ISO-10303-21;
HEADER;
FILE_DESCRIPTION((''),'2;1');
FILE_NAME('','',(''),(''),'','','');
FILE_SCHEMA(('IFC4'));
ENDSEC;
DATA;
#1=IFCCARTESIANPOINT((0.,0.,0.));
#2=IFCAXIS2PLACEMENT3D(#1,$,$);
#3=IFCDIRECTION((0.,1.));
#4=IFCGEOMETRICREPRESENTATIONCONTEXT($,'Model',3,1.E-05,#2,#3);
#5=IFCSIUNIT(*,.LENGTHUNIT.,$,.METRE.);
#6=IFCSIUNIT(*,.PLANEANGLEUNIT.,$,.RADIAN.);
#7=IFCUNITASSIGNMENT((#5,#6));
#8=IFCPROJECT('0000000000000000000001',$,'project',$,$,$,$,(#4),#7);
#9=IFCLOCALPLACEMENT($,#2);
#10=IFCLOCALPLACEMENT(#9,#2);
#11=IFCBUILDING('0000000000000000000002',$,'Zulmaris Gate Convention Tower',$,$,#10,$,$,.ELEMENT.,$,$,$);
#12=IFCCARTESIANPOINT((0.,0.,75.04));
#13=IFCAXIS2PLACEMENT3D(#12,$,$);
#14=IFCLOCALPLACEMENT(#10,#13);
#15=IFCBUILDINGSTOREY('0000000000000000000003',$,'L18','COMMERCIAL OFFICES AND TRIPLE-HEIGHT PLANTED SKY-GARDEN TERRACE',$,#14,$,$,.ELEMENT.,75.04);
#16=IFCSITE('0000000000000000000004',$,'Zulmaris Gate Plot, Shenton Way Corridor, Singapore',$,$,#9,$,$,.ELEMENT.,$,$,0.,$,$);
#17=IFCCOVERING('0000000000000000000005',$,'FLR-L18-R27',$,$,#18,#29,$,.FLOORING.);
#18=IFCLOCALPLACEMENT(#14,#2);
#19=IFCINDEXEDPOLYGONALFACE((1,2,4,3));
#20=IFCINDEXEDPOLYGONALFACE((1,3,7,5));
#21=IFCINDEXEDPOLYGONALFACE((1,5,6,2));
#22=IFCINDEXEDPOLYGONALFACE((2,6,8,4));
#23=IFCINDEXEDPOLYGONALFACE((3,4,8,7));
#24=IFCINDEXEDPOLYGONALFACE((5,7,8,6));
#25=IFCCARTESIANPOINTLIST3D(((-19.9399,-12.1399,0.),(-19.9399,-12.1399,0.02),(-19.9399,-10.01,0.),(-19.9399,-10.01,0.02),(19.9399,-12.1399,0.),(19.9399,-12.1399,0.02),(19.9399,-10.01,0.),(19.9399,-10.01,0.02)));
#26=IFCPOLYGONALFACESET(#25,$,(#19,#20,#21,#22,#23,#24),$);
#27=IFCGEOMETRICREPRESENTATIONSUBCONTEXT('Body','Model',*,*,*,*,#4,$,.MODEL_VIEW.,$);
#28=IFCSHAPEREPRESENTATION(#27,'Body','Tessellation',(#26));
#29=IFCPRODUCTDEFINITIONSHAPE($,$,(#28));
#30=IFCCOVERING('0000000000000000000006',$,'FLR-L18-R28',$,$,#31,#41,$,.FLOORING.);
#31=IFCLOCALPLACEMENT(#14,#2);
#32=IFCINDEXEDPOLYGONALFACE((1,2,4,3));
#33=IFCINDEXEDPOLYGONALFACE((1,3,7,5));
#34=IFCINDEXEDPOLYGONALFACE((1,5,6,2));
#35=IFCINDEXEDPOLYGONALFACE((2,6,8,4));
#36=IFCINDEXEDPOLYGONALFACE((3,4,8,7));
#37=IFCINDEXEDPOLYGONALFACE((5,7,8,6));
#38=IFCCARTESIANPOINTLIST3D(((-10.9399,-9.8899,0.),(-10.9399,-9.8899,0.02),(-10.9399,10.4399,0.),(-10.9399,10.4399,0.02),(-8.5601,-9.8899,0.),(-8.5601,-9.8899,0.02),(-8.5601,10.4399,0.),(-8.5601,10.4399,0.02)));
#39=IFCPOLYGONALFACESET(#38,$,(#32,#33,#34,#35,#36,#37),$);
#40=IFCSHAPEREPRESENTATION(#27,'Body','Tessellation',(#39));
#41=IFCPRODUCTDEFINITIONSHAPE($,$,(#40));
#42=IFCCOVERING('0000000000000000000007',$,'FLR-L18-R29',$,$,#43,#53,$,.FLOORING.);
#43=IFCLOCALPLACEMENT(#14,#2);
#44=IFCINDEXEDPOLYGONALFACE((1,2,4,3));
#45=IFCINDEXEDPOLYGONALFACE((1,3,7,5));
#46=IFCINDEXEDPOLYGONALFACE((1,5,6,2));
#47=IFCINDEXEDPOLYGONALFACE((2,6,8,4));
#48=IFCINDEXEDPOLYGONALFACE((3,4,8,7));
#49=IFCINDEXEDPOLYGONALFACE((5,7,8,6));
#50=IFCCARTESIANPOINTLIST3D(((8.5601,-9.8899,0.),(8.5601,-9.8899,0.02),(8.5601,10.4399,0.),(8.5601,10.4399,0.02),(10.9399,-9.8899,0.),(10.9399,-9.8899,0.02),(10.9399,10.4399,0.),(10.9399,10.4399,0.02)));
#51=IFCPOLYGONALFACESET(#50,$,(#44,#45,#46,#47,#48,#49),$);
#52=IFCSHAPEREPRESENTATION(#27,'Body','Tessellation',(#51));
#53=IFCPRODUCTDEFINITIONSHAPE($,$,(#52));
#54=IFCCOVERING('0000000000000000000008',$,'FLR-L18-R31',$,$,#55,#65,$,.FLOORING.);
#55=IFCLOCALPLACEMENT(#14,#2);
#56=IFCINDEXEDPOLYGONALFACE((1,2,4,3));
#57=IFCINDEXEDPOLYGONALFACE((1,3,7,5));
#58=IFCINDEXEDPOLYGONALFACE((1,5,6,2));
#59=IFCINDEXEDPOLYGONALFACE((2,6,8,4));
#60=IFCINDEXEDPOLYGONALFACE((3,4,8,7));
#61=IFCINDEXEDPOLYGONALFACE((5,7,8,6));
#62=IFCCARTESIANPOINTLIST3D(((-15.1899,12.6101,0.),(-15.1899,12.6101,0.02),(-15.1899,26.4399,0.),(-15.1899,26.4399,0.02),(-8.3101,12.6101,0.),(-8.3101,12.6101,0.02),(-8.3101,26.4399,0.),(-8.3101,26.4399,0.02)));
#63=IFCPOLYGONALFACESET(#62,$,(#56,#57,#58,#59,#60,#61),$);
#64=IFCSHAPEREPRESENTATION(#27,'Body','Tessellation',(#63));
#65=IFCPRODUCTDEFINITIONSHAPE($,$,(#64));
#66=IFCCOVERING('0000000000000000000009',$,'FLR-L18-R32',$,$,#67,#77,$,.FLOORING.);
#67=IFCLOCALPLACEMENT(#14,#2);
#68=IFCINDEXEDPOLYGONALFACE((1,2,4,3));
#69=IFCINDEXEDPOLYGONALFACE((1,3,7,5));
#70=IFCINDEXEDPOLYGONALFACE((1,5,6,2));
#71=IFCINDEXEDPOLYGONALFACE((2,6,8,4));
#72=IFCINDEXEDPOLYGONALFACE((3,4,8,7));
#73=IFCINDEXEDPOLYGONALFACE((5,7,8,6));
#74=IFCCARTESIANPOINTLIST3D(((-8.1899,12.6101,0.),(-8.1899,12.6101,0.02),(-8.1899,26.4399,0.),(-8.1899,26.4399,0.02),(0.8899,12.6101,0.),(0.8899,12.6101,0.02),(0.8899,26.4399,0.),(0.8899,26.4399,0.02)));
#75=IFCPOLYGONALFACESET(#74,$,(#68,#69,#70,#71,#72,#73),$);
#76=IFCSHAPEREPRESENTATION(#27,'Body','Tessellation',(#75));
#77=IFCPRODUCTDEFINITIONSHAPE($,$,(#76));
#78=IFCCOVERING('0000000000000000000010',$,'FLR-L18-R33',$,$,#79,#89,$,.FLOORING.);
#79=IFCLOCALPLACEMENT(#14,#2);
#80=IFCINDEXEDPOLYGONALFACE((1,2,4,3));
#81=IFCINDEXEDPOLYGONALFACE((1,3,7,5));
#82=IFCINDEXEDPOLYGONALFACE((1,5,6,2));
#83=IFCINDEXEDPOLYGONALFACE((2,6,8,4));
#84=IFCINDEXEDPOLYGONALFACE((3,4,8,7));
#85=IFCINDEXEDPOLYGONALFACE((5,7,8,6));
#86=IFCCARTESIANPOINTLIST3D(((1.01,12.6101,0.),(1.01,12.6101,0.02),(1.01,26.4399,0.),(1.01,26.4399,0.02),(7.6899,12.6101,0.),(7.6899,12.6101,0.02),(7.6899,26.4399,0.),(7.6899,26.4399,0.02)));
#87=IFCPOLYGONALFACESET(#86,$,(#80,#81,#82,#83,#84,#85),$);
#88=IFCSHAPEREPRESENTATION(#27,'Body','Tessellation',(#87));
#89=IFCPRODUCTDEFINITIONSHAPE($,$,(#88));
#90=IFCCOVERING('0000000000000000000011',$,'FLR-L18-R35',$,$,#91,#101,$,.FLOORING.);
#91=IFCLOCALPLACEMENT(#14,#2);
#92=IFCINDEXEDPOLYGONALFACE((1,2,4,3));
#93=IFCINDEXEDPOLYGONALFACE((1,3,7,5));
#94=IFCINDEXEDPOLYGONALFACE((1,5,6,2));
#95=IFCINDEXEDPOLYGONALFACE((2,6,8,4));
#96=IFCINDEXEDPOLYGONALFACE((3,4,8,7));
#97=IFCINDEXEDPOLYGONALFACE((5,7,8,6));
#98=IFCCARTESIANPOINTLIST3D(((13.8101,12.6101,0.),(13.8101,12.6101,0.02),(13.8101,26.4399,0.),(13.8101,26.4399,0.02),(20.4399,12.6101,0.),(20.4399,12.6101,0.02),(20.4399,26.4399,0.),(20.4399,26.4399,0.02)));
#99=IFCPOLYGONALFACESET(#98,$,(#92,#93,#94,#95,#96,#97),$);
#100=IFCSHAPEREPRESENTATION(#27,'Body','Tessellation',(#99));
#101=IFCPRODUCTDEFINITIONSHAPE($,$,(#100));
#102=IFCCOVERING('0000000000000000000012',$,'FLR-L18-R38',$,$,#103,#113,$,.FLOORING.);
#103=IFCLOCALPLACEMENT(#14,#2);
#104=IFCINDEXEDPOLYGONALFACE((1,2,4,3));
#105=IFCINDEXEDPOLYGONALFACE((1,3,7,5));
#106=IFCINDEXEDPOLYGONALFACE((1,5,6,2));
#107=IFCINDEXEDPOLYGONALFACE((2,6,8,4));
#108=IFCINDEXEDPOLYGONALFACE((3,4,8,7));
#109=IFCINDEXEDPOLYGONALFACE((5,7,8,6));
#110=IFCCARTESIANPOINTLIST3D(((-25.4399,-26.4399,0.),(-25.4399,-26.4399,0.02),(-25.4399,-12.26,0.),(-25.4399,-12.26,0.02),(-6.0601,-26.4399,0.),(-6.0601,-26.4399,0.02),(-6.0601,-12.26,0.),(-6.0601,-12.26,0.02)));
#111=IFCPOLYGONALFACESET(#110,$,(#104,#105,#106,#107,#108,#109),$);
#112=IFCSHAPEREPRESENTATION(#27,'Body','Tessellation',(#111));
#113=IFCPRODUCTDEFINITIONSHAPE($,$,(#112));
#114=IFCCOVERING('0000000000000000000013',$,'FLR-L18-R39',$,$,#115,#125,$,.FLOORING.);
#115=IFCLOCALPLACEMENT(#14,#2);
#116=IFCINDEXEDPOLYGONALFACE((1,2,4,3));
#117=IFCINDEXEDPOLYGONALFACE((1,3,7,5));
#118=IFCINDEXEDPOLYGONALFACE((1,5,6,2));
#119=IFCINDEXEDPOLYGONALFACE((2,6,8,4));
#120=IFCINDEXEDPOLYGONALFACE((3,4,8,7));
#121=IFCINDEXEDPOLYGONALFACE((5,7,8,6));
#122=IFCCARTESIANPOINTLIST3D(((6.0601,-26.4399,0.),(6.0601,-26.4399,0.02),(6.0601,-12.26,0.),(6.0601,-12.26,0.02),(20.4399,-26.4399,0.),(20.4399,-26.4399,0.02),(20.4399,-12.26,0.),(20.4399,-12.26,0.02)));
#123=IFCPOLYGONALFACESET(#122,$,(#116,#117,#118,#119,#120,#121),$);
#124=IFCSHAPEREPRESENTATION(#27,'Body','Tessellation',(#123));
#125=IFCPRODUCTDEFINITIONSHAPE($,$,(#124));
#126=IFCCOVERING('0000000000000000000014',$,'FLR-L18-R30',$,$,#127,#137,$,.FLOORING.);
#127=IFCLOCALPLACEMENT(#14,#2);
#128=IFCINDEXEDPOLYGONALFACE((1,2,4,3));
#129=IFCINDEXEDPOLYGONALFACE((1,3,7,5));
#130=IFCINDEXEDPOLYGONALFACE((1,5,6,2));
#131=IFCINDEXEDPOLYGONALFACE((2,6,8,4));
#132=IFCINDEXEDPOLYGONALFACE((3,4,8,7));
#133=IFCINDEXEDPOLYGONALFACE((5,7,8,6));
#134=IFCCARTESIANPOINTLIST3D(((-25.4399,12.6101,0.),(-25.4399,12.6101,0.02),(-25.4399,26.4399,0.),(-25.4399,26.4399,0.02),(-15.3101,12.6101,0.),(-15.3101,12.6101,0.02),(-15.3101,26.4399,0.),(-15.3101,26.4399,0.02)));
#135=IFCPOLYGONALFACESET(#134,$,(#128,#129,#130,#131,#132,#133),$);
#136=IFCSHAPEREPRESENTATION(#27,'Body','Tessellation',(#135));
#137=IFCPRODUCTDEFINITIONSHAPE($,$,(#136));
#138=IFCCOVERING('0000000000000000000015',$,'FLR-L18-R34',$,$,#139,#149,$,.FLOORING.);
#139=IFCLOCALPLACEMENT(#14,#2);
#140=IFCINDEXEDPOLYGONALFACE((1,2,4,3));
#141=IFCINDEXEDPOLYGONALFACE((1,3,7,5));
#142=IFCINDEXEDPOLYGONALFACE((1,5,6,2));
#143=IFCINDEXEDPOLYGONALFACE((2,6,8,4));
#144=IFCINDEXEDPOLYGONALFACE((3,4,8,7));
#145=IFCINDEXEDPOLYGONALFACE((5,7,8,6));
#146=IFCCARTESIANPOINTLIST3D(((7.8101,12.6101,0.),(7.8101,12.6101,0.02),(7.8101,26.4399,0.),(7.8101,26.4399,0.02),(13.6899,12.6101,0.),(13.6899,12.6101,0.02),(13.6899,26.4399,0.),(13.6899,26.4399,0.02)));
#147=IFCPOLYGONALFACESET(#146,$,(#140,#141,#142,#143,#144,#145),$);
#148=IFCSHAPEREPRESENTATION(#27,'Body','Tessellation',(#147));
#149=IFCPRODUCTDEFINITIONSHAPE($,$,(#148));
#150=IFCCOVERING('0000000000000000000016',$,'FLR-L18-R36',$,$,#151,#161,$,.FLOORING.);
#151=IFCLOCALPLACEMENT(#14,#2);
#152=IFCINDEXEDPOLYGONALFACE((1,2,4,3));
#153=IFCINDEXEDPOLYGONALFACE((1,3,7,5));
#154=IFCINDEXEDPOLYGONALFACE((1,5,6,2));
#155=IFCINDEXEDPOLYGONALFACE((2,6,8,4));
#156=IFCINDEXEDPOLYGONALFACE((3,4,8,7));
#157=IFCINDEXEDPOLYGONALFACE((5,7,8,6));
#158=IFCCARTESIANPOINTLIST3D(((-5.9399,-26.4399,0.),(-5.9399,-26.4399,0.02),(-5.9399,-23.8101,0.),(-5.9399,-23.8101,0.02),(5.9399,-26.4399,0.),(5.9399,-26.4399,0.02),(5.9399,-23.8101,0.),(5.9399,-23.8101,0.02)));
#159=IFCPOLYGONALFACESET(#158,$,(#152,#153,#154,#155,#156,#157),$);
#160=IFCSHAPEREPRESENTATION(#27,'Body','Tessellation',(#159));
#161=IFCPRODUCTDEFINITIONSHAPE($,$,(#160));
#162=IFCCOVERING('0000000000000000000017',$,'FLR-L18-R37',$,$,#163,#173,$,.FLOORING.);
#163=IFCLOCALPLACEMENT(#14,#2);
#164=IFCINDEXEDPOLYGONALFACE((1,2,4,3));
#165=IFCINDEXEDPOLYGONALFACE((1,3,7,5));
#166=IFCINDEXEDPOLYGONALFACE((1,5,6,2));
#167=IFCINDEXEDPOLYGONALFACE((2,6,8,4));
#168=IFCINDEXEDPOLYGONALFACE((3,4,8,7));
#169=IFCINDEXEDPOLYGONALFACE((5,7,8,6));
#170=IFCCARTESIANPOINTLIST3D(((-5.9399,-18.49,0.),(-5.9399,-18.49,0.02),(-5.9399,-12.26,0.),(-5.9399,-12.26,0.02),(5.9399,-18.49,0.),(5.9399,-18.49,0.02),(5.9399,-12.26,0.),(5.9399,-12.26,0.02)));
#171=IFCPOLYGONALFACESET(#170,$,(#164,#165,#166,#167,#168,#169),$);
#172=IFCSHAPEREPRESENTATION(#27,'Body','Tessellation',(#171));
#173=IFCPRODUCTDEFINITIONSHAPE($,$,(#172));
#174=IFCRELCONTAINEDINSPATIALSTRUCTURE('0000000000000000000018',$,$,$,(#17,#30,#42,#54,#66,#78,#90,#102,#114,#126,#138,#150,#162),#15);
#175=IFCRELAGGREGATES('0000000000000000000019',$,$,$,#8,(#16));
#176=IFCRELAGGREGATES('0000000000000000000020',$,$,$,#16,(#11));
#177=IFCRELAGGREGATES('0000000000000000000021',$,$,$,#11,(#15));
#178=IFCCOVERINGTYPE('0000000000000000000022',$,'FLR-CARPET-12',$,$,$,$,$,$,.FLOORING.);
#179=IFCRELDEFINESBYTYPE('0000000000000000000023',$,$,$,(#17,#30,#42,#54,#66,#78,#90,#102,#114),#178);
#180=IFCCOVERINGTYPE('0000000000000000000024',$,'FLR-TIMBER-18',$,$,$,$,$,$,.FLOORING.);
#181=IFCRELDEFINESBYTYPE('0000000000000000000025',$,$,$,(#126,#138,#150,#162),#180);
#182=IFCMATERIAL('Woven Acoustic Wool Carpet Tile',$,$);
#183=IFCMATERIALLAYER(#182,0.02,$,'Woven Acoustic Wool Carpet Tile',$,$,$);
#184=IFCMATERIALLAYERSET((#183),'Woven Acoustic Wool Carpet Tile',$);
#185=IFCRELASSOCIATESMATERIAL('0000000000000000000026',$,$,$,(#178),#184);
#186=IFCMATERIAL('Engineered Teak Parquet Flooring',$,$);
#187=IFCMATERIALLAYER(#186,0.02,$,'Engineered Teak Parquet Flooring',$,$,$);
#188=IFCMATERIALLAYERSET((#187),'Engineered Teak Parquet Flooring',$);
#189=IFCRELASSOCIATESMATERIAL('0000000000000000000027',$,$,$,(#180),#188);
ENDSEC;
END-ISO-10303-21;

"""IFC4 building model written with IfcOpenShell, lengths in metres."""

from ifc_helpers import new_model, si_unit, direction, frame, origin, place, context, subcontext, project, spatial, polyline, outline, extrude, material, layer, layer_set, type_object, element, save


model = new_model("IFC4")

# Units and contexts
model_context = context("Model", 3, precision=1e-05, world=origin(), true_north=direction((0.0, 1.0)))
body_context = subcontext(model_context, "Body", "Model", "MODEL_VIEW")
ifc_project = project(units=[si_unit("LENGTHUNIT", "METRE"), si_unit("PLANEANGLEUNIT", "RADIAN")], contexts=[model_context])

# Site, building, storey
site_placement = place(None, origin())
site = spatial("IfcSite", under=ifc_project, at=site_placement, Name="Zulmaris Gate Plot, Shenton Way Corridor, Singapore", CompositionType="ELEMENT", RefElevation=0.0)
building_placement = place(site_placement, origin())
building = spatial("IfcBuilding", under=site, at=building_placement, Name="Zulmaris Gate Convention Tower", CompositionType="ELEMENT")
storey_placement = place(building_placement, frame((0.0, 0.0, 75.04)))
storey = spatial("IfcBuildingStorey", under=building, at=storey_placement, Name="L18", Description="COMMERCIAL OFFICES AND TRIPLE-HEIGHT PLANTED SKY-GARDEN TERRACE", CompositionType="ELEMENT", Elevation=75.04)

# Coverings
ifc_material_1 = material(Name="Woven Acoustic Wool Carpet Tile")
ifc_layer_1 = layer(ifc_material_1, 0.02, Name="Woven Acoustic Wool Carpet Tile")
ifc_layer_set_1 = layer_set([ifc_layer_1], Name="Woven Acoustic Wool Carpet Tile")
covering_type_1 = type_object("IfcCoveringType", Name="FLR-CARPET-12", PredefinedType="FLOORING", material=ifc_layer_set_1)
covering_1_placement = place(storey_placement, origin())
element("IfcCovering", 1, at=covering_1_placement, inside=storey, type_object=covering_type_1, Name="FLR-L18-R27", PredefinedType="FLOORING", context=body_context, shape_type="SweptSolid", body=[
    extrude(outline(polyline([(-19.9399, -12.1399), (19.9399, -12.1399), (19.9399, -10.01), (-19.9399, -10.01), (-19.9399, -12.1399)])), origin(), (0.0, 0.0, 1.0), 0.02),
])
covering_2_placement = place(storey_placement, origin())
element("IfcCovering", 2, at=covering_2_placement, inside=storey, type_object=covering_type_1, Name="FLR-L18-R28", PredefinedType="FLOORING", context=body_context, shape_type="SweptSolid", body=[
    extrude(outline(polyline([(-10.9399, -9.8899), (-8.5601, -9.8899), (-8.5601, 10.4399), (-10.9399, 10.4399), (-10.9399, -9.8899)])), origin(), (0.0, 0.0, 1.0), 0.02),
])
covering_3_placement = place(storey_placement, origin())
element("IfcCovering", 3, at=covering_3_placement, inside=storey, type_object=covering_type_1, Name="FLR-L18-R29", PredefinedType="FLOORING", context=body_context, shape_type="SweptSolid", body=[
    extrude(outline(polyline([(8.5601, -9.8899), (10.9399, -9.8899), (10.9399, 10.4399), (8.5601, 10.4399), (8.5601, -9.8899)])), origin(), (0.0, 0.0, 1.0), 0.02),
])
covering_4_placement = place(storey_placement, origin())
element("IfcCovering", 4, at=covering_4_placement, inside=storey, type_object=covering_type_1, Name="FLR-L18-R31", PredefinedType="FLOORING", context=body_context, shape_type="SweptSolid", body=[
    extrude(outline(polyline([(-15.1899, 12.6101), (-8.3101, 12.6101), (-8.3101, 26.4399), (-15.1899, 26.4399), (-15.1899, 12.6101)])), origin(), (0.0, 0.0, 1.0), 0.02),
])
covering_5_placement = place(storey_placement, origin())
element("IfcCovering", 5, at=covering_5_placement, inside=storey, type_object=covering_type_1, Name="FLR-L18-R32", PredefinedType="FLOORING", context=body_context, shape_type="SweptSolid", body=[
    extrude(outline(polyline([(-8.1899, 12.6101), (0.8899, 12.6101), (0.8899, 26.4399), (-8.1899, 26.4399), (-8.1899, 12.6101)])), origin(), (0.0, 0.0, 1.0), 0.02),
])
covering_6_placement = place(storey_placement, origin())
element("IfcCovering", 6, at=covering_6_placement, inside=storey, type_object=covering_type_1, Name="FLR-L18-R33", PredefinedType="FLOORING", context=body_context, shape_type="SweptSolid", body=[
    extrude(outline(polyline([(1.01, 12.6101), (7.6899, 12.6101), (7.6899, 26.4399), (1.01, 26.4399), (1.01, 12.6101)])), origin(), (0.0, 0.0, 1.0), 0.02),
])
covering_7_placement = place(storey_placement, origin())
element("IfcCovering", 7, at=covering_7_placement, inside=storey, type_object=covering_type_1, Name="FLR-L18-R35", PredefinedType="FLOORING", context=body_context, shape_type="SweptSolid", body=[
    extrude(outline(polyline([(13.8101, 12.6101), (20.4399, 12.6101), (20.4399, 26.4399), (13.8101, 26.4399), (13.8101, 12.6101)])), origin(), (0.0, 0.0, 1.0), 0.02),
])
covering_8_placement = place(storey_placement, origin())
element("IfcCovering", 8, at=covering_8_placement, inside=storey, type_object=covering_type_1, Name="FLR-L18-R38", PredefinedType="FLOORING", context=body_context, shape_type="SweptSolid", body=[
    extrude(outline(polyline([(-25.4399, -26.4399), (-6.0601, -26.4399), (-6.0601, -12.26), (-25.4399, -12.26), (-25.4399, -26.4399)])), origin(), (0.0, 0.0, 1.0), 0.02),
])
covering_9_placement = place(storey_placement, origin())
element("IfcCovering", 9, at=covering_9_placement, inside=storey, type_object=covering_type_1, Name="FLR-L18-R39", PredefinedType="FLOORING", context=body_context, shape_type="SweptSolid", body=[
    extrude(outline(polyline([(6.0601, -26.4399), (20.4399, -26.4399), (20.4399, -12.26), (6.0601, -12.26), (6.0601, -26.4399)])), origin(), (0.0, 0.0, 1.0), 0.02),
])
ifc_material_2 = material(Name="Engineered Teak Parquet Flooring")
ifc_layer_2 = layer(ifc_material_2, 0.02, Name="Engineered Teak Parquet Flooring")
ifc_layer_set_2 = layer_set([ifc_layer_2], Name="Engineered Teak Parquet Flooring")
covering_type_2 = type_object("IfcCoveringType", Name="FLR-TIMBER-18", PredefinedType="FLOORING", material=ifc_layer_set_2)
covering_10_placement = place(storey_placement, origin())
element("IfcCovering", 10, at=covering_10_placement, inside=storey, type_object=covering_type_2, Name="FLR-L18-R30", PredefinedType="FLOORING", context=body_context, shape_type="SweptSolid", body=[
    extrude(outline(polyline([(-25.4399, 12.6101), (-15.3101, 12.6101), (-15.3101, 26.4399), (-25.4399, 26.4399), (-25.4399, 12.6101)])), origin(), (0.0, 0.0, 1.0), 0.02),
])
covering_11_placement = place(storey_placement, origin())
element("IfcCovering", 11, at=covering_11_placement, inside=storey, type_object=covering_type_2, Name="FLR-L18-R34", PredefinedType="FLOORING", context=body_context, shape_type="SweptSolid", body=[
    extrude(outline(polyline([(7.8101, 12.6101), (13.6899, 12.6101), (13.6899, 26.4399), (7.8101, 26.4399), (7.8101, 12.6101)])), origin(), (0.0, 0.0, 1.0), 0.02),
])
covering_12_placement = place(storey_placement, origin())
element("IfcCovering", 12, at=covering_12_placement, inside=storey, type_object=covering_type_2, Name="FLR-L18-R36", PredefinedType="FLOORING", context=body_context, shape_type="SweptSolid", body=[
    extrude(outline(polyline([(-5.9399, -26.4399), (5.9399, -26.4399), (5.9399, -23.8101), (-5.9399, -23.8101), (-5.9399, -26.4399)])), origin(), (0.0, 0.0, 1.0), 0.02),
])
covering_13_placement = place(storey_placement, origin())
element("IfcCovering", 13, at=covering_13_placement, inside=storey, type_object=covering_type_2, Name="FLR-L18-R37", PredefinedType="FLOORING", context=body_context, shape_type="SweptSolid", body=[
    extrude(outline(polyline([(-5.9399, -18.49), (5.9399, -18.49), (5.9399, -12.26), (-5.9399, -12.26), (-5.9399, -18.49)])), origin(), (0.0, 0.0, 1.0), 0.02),
])

save(model, "model.ifc")
